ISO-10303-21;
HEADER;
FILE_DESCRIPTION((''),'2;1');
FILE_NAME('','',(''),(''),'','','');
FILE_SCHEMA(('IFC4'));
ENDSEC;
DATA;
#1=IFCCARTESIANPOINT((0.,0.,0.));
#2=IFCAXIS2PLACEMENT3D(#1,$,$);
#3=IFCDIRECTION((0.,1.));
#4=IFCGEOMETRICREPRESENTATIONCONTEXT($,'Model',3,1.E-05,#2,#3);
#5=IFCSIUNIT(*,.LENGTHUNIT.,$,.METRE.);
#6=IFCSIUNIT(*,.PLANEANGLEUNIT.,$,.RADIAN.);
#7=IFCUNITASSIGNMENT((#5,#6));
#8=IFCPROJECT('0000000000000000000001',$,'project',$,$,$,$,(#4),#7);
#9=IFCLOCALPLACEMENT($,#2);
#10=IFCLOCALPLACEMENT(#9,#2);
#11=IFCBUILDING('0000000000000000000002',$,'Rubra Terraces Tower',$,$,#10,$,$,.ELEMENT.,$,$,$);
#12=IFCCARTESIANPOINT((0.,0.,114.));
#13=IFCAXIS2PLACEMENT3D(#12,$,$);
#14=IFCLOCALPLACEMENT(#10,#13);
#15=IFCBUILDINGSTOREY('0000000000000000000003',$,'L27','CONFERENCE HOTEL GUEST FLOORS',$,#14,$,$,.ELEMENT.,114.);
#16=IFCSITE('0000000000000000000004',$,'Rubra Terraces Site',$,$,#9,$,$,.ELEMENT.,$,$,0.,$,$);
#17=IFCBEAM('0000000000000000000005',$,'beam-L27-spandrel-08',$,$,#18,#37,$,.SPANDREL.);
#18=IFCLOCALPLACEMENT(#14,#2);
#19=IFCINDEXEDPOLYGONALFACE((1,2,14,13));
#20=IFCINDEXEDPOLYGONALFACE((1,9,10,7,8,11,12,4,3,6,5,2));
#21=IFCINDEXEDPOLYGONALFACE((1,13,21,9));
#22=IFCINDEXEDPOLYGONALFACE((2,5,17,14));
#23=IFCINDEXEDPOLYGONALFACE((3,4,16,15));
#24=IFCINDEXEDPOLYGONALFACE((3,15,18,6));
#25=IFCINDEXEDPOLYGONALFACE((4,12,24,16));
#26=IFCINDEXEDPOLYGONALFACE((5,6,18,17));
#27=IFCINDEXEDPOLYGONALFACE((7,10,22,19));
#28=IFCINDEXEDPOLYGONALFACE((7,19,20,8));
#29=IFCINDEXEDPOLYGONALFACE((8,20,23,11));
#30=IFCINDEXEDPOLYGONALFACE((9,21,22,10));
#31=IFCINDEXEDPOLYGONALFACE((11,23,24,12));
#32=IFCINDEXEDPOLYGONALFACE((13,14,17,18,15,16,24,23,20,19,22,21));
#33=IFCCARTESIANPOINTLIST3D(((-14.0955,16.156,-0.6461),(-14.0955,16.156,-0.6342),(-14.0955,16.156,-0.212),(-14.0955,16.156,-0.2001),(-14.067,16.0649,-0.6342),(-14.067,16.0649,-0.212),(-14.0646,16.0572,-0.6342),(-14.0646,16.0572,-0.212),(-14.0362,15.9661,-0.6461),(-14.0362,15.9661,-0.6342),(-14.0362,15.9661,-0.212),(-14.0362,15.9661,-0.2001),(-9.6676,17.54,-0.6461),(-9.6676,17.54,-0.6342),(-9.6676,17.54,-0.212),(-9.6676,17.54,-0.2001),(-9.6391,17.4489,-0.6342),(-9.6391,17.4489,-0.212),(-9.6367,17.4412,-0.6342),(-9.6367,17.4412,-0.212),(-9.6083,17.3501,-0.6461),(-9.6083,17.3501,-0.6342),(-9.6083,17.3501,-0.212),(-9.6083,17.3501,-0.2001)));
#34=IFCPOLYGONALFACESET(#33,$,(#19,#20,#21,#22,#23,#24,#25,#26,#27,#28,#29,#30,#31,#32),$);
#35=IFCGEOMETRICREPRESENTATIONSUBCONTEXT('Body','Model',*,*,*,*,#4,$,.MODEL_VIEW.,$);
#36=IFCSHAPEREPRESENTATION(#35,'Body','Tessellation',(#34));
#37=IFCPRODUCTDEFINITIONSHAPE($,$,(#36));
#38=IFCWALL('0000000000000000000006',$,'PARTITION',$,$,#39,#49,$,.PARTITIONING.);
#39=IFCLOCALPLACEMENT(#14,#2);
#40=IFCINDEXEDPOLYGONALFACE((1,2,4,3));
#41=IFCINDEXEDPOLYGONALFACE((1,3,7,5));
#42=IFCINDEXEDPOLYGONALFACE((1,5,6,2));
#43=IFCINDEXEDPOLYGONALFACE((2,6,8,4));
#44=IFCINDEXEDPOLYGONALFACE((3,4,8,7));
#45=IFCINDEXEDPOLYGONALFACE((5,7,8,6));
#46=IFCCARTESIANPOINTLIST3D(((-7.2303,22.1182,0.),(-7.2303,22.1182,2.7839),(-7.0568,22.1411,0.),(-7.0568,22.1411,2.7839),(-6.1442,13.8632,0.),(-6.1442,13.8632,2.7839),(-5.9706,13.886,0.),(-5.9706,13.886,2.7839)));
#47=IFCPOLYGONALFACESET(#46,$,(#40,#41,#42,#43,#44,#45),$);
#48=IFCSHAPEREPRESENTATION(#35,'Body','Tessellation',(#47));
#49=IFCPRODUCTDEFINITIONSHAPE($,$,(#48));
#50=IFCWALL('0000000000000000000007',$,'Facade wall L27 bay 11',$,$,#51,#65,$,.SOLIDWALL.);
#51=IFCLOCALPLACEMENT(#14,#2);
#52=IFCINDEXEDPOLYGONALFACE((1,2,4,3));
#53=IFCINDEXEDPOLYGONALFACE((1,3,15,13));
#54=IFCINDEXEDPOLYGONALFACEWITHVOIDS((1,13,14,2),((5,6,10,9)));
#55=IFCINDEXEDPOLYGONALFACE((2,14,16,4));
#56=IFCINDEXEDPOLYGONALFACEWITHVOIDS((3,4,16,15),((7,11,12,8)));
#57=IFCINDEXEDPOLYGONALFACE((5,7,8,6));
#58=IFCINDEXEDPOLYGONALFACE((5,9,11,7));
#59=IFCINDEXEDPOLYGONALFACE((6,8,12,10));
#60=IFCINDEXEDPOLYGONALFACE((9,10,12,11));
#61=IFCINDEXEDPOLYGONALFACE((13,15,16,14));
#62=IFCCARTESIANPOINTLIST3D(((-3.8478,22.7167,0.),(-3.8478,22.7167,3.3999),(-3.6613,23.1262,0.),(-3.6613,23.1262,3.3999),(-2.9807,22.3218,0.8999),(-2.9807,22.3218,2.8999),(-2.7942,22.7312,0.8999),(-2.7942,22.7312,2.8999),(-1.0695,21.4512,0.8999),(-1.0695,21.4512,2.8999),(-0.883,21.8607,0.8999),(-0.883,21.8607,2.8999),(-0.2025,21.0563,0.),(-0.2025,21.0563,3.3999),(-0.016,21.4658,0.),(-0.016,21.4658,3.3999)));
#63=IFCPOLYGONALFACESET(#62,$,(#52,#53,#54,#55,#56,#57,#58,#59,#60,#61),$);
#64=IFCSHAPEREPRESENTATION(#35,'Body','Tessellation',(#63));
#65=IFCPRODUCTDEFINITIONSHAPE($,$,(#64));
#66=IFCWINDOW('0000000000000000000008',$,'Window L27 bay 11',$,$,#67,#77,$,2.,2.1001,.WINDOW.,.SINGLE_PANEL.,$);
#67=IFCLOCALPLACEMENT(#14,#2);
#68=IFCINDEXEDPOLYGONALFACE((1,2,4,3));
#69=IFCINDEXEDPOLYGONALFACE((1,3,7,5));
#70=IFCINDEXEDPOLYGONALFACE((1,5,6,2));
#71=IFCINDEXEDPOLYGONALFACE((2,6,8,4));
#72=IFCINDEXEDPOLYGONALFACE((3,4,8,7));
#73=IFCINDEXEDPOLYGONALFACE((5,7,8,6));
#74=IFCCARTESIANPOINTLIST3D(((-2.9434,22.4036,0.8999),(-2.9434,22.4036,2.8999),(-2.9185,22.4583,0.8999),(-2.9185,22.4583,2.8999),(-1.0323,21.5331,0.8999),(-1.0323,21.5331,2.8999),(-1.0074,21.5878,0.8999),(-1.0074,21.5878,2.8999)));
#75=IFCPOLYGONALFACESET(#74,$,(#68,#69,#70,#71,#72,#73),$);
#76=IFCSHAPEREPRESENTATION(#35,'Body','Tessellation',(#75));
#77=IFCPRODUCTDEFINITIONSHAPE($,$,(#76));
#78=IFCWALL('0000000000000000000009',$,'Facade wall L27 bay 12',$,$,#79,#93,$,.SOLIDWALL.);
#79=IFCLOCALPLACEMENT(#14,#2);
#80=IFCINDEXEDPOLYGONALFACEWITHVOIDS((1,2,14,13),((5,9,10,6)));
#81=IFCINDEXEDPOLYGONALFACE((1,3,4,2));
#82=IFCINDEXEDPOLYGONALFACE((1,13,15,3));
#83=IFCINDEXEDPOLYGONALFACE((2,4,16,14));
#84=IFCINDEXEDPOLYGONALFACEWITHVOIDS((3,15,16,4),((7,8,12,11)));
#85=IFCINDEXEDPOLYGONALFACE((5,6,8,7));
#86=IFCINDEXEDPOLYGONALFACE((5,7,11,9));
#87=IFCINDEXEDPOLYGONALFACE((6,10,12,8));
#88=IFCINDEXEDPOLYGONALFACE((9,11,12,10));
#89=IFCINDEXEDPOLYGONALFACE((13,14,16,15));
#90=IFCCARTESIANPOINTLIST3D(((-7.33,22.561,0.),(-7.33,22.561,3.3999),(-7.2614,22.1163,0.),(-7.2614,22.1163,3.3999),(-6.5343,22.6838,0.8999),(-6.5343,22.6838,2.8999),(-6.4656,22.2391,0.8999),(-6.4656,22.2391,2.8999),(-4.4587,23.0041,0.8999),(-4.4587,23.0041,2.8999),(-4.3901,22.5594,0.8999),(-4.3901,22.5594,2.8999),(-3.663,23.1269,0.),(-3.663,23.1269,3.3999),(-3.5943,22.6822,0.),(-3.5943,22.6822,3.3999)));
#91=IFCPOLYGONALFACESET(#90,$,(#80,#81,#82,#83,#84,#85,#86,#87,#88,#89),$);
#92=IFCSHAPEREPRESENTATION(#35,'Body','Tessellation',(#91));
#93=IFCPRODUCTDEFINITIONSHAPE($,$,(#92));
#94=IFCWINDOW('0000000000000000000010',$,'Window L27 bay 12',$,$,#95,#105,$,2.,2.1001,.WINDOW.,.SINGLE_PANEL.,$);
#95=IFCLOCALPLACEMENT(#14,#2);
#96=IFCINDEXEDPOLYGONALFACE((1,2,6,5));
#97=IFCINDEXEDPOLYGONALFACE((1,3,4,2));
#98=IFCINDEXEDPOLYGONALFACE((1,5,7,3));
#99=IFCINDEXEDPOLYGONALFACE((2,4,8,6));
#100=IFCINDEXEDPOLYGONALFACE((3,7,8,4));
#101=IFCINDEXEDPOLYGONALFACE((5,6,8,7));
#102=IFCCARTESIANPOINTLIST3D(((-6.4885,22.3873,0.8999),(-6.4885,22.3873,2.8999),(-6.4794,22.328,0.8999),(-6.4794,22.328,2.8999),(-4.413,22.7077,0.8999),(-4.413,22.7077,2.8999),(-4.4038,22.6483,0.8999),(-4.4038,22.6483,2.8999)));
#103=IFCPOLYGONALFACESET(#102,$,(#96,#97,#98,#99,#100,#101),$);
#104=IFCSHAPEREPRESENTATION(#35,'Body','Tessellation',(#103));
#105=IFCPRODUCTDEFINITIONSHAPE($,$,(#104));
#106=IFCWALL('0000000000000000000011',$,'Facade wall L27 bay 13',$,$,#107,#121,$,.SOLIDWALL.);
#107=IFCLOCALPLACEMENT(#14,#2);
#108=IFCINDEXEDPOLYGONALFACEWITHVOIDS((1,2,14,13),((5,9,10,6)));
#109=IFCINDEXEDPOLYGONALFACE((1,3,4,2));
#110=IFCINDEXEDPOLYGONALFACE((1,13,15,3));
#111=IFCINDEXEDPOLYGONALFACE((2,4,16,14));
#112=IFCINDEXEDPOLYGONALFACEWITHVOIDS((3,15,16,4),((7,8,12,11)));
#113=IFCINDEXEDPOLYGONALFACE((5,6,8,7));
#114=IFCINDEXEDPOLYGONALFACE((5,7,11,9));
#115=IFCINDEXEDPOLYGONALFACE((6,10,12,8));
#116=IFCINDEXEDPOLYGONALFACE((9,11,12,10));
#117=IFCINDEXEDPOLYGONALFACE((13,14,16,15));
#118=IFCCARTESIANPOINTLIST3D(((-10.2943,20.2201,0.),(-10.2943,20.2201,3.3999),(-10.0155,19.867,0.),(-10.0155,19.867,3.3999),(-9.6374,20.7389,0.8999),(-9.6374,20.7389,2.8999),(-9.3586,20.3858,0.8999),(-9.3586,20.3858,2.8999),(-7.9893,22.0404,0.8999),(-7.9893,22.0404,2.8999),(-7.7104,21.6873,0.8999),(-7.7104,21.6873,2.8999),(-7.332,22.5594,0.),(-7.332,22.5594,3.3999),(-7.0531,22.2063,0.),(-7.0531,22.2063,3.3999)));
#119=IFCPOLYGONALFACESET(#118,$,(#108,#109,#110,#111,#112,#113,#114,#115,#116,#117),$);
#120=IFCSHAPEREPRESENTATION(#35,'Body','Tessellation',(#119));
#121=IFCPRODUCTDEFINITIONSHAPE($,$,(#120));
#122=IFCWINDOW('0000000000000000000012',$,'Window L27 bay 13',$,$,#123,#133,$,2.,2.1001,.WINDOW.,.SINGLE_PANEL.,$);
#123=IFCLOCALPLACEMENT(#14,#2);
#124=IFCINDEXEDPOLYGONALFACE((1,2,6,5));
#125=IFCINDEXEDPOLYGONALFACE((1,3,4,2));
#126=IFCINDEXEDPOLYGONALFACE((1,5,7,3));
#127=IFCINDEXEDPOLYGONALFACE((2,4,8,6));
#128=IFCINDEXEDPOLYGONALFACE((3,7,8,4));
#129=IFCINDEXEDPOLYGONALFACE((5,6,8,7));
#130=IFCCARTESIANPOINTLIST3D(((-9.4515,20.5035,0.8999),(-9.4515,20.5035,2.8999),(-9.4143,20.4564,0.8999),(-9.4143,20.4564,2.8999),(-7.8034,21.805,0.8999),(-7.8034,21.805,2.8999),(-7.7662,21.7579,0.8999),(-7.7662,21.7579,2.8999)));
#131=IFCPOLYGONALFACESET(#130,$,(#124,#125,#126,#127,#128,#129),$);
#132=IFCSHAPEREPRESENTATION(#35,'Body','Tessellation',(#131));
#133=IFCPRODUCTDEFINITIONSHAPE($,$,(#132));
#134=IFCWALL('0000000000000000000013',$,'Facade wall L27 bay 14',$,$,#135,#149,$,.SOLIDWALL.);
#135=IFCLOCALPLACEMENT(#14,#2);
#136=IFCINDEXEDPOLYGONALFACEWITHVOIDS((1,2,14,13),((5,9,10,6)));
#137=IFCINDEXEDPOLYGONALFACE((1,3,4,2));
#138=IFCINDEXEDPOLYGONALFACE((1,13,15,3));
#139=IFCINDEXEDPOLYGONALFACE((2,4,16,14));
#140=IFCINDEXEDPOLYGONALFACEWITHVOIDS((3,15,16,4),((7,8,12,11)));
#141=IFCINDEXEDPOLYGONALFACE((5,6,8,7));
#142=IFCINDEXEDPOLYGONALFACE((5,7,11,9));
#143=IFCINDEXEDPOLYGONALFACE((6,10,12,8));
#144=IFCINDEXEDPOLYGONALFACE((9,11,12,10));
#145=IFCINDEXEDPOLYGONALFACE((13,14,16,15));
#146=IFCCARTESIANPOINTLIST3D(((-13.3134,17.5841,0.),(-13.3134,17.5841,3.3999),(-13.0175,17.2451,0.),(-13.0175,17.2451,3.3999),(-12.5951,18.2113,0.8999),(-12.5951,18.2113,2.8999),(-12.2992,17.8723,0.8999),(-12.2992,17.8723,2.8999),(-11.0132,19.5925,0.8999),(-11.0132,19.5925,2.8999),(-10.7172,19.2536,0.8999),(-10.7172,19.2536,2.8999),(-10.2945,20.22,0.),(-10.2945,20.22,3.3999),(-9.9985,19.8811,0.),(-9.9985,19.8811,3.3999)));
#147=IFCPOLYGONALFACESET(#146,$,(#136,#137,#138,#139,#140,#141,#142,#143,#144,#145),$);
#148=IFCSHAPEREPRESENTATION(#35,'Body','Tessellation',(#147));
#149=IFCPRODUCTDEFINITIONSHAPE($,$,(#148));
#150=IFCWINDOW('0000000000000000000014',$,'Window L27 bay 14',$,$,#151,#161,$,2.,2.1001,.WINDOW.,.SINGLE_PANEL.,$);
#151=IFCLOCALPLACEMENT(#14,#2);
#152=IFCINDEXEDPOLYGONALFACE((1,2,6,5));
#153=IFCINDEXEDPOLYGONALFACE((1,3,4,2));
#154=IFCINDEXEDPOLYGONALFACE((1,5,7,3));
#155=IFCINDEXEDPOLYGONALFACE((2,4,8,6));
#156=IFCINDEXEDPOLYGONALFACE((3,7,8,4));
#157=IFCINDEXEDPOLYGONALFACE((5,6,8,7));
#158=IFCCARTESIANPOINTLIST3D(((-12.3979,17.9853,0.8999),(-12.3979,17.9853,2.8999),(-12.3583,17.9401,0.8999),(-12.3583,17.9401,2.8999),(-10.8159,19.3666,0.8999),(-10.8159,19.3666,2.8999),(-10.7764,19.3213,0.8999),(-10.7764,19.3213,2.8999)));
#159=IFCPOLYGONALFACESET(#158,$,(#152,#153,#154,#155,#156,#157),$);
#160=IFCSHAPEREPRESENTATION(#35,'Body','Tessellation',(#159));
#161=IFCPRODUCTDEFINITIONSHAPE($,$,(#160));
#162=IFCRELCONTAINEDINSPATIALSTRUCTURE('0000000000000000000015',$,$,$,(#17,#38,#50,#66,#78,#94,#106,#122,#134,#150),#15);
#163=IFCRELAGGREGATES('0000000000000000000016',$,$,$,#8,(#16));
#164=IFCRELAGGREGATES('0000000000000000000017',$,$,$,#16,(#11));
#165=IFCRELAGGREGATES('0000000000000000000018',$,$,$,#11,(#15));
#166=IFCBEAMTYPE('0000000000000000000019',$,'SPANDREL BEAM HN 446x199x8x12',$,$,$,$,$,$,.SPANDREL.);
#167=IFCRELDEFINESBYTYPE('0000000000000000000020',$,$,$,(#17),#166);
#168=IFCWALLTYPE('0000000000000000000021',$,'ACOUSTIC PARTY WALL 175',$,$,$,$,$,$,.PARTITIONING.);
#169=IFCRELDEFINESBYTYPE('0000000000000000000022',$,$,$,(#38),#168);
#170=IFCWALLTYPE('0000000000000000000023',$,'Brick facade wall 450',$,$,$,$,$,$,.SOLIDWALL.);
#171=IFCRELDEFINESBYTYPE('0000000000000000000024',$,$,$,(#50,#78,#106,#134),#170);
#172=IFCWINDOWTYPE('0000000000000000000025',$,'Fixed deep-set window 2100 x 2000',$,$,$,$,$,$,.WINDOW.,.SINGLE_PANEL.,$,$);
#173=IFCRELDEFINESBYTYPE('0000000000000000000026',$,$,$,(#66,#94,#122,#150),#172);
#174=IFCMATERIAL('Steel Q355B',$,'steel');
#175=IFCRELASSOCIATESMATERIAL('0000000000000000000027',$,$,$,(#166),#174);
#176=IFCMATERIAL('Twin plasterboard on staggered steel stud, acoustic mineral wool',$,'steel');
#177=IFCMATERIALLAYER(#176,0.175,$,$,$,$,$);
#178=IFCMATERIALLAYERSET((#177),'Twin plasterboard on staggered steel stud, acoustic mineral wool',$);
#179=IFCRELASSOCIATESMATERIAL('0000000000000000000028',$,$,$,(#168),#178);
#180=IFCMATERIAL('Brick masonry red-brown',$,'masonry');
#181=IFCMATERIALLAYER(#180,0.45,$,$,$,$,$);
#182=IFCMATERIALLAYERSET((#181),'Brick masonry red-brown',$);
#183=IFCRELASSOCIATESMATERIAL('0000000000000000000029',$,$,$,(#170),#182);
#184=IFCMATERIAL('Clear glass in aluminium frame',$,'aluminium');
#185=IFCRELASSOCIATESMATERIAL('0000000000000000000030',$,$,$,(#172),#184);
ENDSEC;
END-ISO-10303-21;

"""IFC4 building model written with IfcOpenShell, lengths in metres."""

from ifc_helpers import new_model, si_unit, direction, frame, frame_2d, origin, origin_2d, place, context, subcontext, project, spatial, rectangle, i_section, extrude, material, layer, layer_set, material_profile, profile_set, type_object, element, fill, save


model = new_model("IFC4")

# Units and contexts
model_context = context("Model", 3, precision=1e-05, world=origin(), true_north=direction((0.0, 1.0)))
body_context = subcontext(model_context, "Body", "Model", "MODEL_VIEW")
ifc_project = project(units=[si_unit("LENGTHUNIT", "METRE"), si_unit("PLANEANGLEUNIT", "RADIAN")], contexts=[model_context])

# Site, building, storey
site_placement = place(None, origin())
site = spatial("IfcSite", under=ifc_project, at=site_placement, Name="Rubra Terraces Site", CompositionType="ELEMENT", RefElevation=0.0)
building_placement = place(site_placement, origin())
building = spatial("IfcBuilding", under=site, at=building_placement, Name="Rubra Terraces Tower", CompositionType="ELEMENT")
storey_placement = place(building_placement, frame((0.0, 0.0, 114.0)))
storey = spatial("IfcBuildingStorey", under=building, at=storey_placement, Name="L27", Description="CONFERENCE HOTEL GUEST FLOORS", CompositionType="ELEMENT", Elevation=114.0)

# Beam
ifc_material_1 = material(Name="Steel Q355B", Category="steel")
ifc_material_profile_1 = material_profile(ifc_material_1, i_section(OverallWidth=0.199, OverallDepth=0.446, WebThickness=0.0081, FlangeThickness=0.012, at=origin_2d()), Name="HN 446x199x8x12")
ifc_profile_set_1 = profile_set([ifc_material_profile_1], Name="Steel Q355B")
beam_type_1 = type_object("IfcBeamType", Name="SPANDREL BEAM HN 446x199x8x12", PredefinedType="SPANDREL", material=ifc_profile_set_1)
beam_1_placement = place(storey_placement, frame((-9.6379, 17.4451, -0.4231), z_axis=(-0.954462, -0.298332, 0.0), x_axis=(0.298332, -0.954462, 0.0)))
element("IfcBeam", 1, at=beam_1_placement, inside=storey, type_object=beam_type_1, Name="beam-L27-spandrel-08", PredefinedType="SPANDREL", context=body_context, shape_type="SweptSolid", body=[
    extrude(i_section(OverallWidth=0.199, OverallDepth=0.446, WebThickness=0.0081, FlangeThickness=0.012, at=origin_2d()), origin(), (0.0, 0.0, 1.0), 4.6392),
])

# Wall
ifc_material_2 = material(Name="Twin plasterboard on staggered steel stud, acoustic mineral wool", Category="steel")
ifc_layer_1 = layer(ifc_material_2, 0.175)
ifc_layer_set_1 = layer_set([ifc_layer_1], Name="Twin plasterboard on staggered steel stud, acoustic mineral wool")
wall_type_1 = type_object("IfcWallType", Name="ACOUSTIC PARTY WALL 175", PredefinedType="PARTITIONING", material=ifc_layer_set_1)
wall_1_placement = place(storey_placement, frame((-7.1436, 22.1296, 0.0), z_axis=(0.0, 0.0, 1.0), x_axis=(0.130452, -0.991455, 0.0)))
element("IfcWall", 2, at=wall_1_placement, inside=storey, type_object=wall_type_1, Name="PARTITION", PredefinedType="PARTITIONING", context=body_context, shape_type="SweptSolid", body=[
    extrude(rectangle(XDim=8.3262, YDim=0.175, at=frame_2d((4.1631, 0.0))), origin(), (0.0, 0.0, 1.0), 2.7839),
])

# Walls, openings, windows
ifc_material_3 = material(Name="Brick masonry red-brown", Category="masonry")
ifc_layer_2 = layer(ifc_material_3, 0.45)
ifc_layer_set_2 = layer_set([ifc_layer_2], Name="Brick masonry red-brown")
wall_type_2 = type_object("IfcWallType", Name="Brick facade wall 450", PredefinedType="SOLIDWALL", material=ifc_layer_set_2)
wall_2_placement = place(storey_placement, frame((-0.1091, 21.261, 0.0), z_axis=(0.0, 0.0, 1.0), x_axis=(-0.910041, 0.414519, 0.0)))
wall_2 = element("IfcWall", 3, at=wall_2_placement, inside=storey, type_object=wall_type_2, Name="Facade wall L27 bay 11", PredefinedType="SOLIDWALL", context=body_context, shape_type="SweptSolid", body=[
    extrude(rectangle(XDim=4.0056, YDim=0.45, at=frame_2d((2.0029, 0.0))), origin(), (0.0, 0.0, 1.0), 3.3999),
])
opening_1_placement = place(wall_2_placement, frame((0.9529, 0.0, 0.8999)))
opening_1 = element("IfcOpeningElement", 4, at=opening_1_placement, cuts=wall_2, PredefinedType="OPENING", context=body_context, shape_type="SweptSolid", body=[
    extrude(rectangle(XDim=2.1001, YDim=2.0, at=frame_2d((1.05, 1.0))), frame((0.0, 0.2349, 0.0), z_axis=(0.0, -1.0, 0.0), x_axis=(1.0, 0.0, 0.0)), (0.0, 0.0, 1.0), 0.47),
])
ifc_material_4 = material(Name="Clear glass in aluminium frame", Category="aluminium")
window_type_1 = type_object("IfcWindowType", Name="Fixed deep-set window 2100 x 2000", PartitioningType="SINGLE_PANEL", PredefinedType="WINDOW", material=ifc_material_4)
window_1_placement = place(opening_1_placement, origin())
window_1 = element("IfcWindow", 5, at=window_1_placement, inside=storey, type_object=window_type_1, Name="Window L27 bay 11", OverallHeight=2.0, OverallWidth=2.1001, PartitioningType="SINGLE_PANEL", PredefinedType="WINDOW", context=body_context, shape_type="SweptSolid", body=[
    extrude(rectangle(XDim=2.1001, YDim=2.0, at=frame_2d((1.05, 1.0))), frame((0.0, 0.135, 0.0), z_axis=(0.0, -1.0, 0.0), x_axis=(1.0, 0.0, 0.0)), (0.0, 0.0, 1.0), 0.0601),
])
fill(opening_1, window_1)
wall_3_placement = place(storey_placement, frame((-3.6287, 22.9045, 0.0), z_axis=(0.0, 0.0, 1.0), x_axis=(-0.9883, -0.152522, 0.0)))
wall_3 = element("IfcWall", 6, at=wall_3_placement, inside=storey, type_object=wall_type_2, Name="Facade wall L27 bay 12", PredefinedType="SOLIDWALL", context=body_context, shape_type="SweptSolid", body=[
    extrude(rectangle(XDim=3.7104, YDim=0.45, at=frame_2d((1.8552, 0.0))), origin(), (0.0, 0.0, 1.0), 3.3999),
])
opening_2_placement = place(wall_3_placement, frame((0.8052, 0.0, 0.8999)))
opening_2 = element("IfcOpeningElement", 7, at=opening_2_placement, cuts=wall_3, PredefinedType="OPENING", context=body_context, shape_type="SweptSolid", body=[
    extrude(rectangle(XDim=2.1001, YDim=2.0, at=frame_2d((1.05, 1.0))), frame((0.0, 0.2349, 0.0), z_axis=(0.0, -1.0, 0.0), x_axis=(1.0, 0.0, 0.0)), (0.0, 0.0, 1.0), 0.47),
])
window_2_placement = place(opening_2_placement, origin())
window_2 = element("IfcWindow", 8, at=window_2_placement, inside=storey, type_object=window_type_1, Name="Window L27 bay 12", OverallHeight=2.0, OverallWidth=2.1001, PartitioningType="SINGLE_PANEL", PredefinedType="WINDOW", context=body_context, shape_type="SweptSolid", body=[
    extrude(rectangle(XDim=2.1001, YDim=2.0, at=frame_2d((1.05, 1.0))), frame((0.0, 0.135, 0.0), z_axis=(0.0, -1.0, 0.0), x_axis=(1.0, 0.0, 0.0)), (0.0, 0.0, 1.0), 0.0601),
])
fill(opening_2, window_2)
wall_4_placement = place(storey_placement, frame((-7.1926, 22.3828, 0.0), z_axis=(0.0, 0.0, 1.0), x_axis=(-0.784803, -0.619745, 0.0)))
wall_4 = element("IfcWall", 9, at=wall_4_placement, inside=storey, type_object=wall_type_2, Name="Facade wall L27 bay 13", PredefinedType="SOLIDWALL", context=body_context, shape_type="SweptSolid", body=[
    extrude(rectangle(XDim=3.7747, YDim=0.45, at=frame_2d((1.8872, 0.0))), origin(), (0.0, 0.0, 1.0), 3.3999),
])
opening_3_placement = place(wall_4_placement, frame((0.8374, 0.0, 0.8999)))
opening_3 = element("IfcOpeningElement", 10, at=opening_3_placement, cuts=wall_4, PredefinedType="OPENING", context=body_context, shape_type="SweptSolid", body=[
    extrude(rectangle(XDim=2.1001, YDim=2.0, at=frame_2d((1.05, 1.0))), frame((0.0, 0.2349, 0.0), z_axis=(0.0, -1.0, 0.0), x_axis=(1.0, 0.0, 0.0)), (0.0, 0.0, 1.0), 0.47),
])
window_3_placement = place(opening_3_placement, origin())
window_3 = element("IfcWindow", 11, at=window_3_placement, inside=storey, type_object=window_type_1, Name="Window L27 bay 13", OverallHeight=2.0, OverallWidth=2.1001, PartitioningType="SINGLE_PANEL", PredefinedType="WINDOW", context=body_context, shape_type="SweptSolid", body=[
    extrude(rectangle(XDim=2.1001, YDim=2.0, at=frame_2d((1.05, 1.0))), frame((0.0, 0.135, 0.0), z_axis=(0.0, -1.0, 0.0), x_axis=(1.0, 0.0, 0.0)), (0.0, 0.0, 1.0), 0.0601),
])
fill(opening_3, window_3)
wall_5_placement = place(storey_placement, frame((-10.1465, 20.0505, 0.0), z_axis=(0.0, 0.0, 1.0), x_axis=(-0.753278, -0.657702, 0.0)))
wall_5 = element("IfcWall", 12, at=wall_5_placement, inside=storey, type_object=wall_type_2, Name="Facade wall L27 bay 14", PredefinedType="SOLIDWALL", context=body_context, shape_type="SweptSolid", body=[
    extrude(rectangle(XDim=4.0078, YDim=0.45, at=frame_2d((2.0039, 0.0))), origin(), (0.0, 0.0, 1.0), 3.3999),
])
opening_4_placement = place(wall_5_placement, frame((0.9541, 0.0, 0.8999)))
opening_4 = element("IfcOpeningElement", 13, at=opening_4_placement, cuts=wall_5, PredefinedType="OPENING", context=body_context, shape_type="SweptSolid", body=[
    extrude(rectangle(XDim=2.1001, YDim=2.0, at=frame_2d((1.05, 1.0))), frame((0.0, 0.2349, 0.0), z_axis=(0.0, -1.0, 0.0), x_axis=(1.0, 0.0, 0.0)), (0.0, 0.0, 1.0), 0.47),
])
window_4_placement = place(opening_4_placement, origin())
window_4 = element("IfcWindow", 14, at=window_4_placement, inside=storey, type_object=window_type_1, Name="Window L27 bay 14", OverallHeight=2.0, OverallWidth=2.1001, PartitioningType="SINGLE_PANEL", PredefinedType="WINDOW", context=body_context, shape_type="SweptSolid", body=[
    extrude(rectangle(XDim=2.1001, YDim=2.0, at=frame_2d((1.05, 1.0))), frame((0.0, 0.135, 0.0), z_axis=(0.0, -1.0, 0.0), x_axis=(1.0, 0.0, 0.0)), (0.0, 0.0, 1.0), 0.0601),
])
fill(opening_4, window_4)

save(model, "model.ifc")
